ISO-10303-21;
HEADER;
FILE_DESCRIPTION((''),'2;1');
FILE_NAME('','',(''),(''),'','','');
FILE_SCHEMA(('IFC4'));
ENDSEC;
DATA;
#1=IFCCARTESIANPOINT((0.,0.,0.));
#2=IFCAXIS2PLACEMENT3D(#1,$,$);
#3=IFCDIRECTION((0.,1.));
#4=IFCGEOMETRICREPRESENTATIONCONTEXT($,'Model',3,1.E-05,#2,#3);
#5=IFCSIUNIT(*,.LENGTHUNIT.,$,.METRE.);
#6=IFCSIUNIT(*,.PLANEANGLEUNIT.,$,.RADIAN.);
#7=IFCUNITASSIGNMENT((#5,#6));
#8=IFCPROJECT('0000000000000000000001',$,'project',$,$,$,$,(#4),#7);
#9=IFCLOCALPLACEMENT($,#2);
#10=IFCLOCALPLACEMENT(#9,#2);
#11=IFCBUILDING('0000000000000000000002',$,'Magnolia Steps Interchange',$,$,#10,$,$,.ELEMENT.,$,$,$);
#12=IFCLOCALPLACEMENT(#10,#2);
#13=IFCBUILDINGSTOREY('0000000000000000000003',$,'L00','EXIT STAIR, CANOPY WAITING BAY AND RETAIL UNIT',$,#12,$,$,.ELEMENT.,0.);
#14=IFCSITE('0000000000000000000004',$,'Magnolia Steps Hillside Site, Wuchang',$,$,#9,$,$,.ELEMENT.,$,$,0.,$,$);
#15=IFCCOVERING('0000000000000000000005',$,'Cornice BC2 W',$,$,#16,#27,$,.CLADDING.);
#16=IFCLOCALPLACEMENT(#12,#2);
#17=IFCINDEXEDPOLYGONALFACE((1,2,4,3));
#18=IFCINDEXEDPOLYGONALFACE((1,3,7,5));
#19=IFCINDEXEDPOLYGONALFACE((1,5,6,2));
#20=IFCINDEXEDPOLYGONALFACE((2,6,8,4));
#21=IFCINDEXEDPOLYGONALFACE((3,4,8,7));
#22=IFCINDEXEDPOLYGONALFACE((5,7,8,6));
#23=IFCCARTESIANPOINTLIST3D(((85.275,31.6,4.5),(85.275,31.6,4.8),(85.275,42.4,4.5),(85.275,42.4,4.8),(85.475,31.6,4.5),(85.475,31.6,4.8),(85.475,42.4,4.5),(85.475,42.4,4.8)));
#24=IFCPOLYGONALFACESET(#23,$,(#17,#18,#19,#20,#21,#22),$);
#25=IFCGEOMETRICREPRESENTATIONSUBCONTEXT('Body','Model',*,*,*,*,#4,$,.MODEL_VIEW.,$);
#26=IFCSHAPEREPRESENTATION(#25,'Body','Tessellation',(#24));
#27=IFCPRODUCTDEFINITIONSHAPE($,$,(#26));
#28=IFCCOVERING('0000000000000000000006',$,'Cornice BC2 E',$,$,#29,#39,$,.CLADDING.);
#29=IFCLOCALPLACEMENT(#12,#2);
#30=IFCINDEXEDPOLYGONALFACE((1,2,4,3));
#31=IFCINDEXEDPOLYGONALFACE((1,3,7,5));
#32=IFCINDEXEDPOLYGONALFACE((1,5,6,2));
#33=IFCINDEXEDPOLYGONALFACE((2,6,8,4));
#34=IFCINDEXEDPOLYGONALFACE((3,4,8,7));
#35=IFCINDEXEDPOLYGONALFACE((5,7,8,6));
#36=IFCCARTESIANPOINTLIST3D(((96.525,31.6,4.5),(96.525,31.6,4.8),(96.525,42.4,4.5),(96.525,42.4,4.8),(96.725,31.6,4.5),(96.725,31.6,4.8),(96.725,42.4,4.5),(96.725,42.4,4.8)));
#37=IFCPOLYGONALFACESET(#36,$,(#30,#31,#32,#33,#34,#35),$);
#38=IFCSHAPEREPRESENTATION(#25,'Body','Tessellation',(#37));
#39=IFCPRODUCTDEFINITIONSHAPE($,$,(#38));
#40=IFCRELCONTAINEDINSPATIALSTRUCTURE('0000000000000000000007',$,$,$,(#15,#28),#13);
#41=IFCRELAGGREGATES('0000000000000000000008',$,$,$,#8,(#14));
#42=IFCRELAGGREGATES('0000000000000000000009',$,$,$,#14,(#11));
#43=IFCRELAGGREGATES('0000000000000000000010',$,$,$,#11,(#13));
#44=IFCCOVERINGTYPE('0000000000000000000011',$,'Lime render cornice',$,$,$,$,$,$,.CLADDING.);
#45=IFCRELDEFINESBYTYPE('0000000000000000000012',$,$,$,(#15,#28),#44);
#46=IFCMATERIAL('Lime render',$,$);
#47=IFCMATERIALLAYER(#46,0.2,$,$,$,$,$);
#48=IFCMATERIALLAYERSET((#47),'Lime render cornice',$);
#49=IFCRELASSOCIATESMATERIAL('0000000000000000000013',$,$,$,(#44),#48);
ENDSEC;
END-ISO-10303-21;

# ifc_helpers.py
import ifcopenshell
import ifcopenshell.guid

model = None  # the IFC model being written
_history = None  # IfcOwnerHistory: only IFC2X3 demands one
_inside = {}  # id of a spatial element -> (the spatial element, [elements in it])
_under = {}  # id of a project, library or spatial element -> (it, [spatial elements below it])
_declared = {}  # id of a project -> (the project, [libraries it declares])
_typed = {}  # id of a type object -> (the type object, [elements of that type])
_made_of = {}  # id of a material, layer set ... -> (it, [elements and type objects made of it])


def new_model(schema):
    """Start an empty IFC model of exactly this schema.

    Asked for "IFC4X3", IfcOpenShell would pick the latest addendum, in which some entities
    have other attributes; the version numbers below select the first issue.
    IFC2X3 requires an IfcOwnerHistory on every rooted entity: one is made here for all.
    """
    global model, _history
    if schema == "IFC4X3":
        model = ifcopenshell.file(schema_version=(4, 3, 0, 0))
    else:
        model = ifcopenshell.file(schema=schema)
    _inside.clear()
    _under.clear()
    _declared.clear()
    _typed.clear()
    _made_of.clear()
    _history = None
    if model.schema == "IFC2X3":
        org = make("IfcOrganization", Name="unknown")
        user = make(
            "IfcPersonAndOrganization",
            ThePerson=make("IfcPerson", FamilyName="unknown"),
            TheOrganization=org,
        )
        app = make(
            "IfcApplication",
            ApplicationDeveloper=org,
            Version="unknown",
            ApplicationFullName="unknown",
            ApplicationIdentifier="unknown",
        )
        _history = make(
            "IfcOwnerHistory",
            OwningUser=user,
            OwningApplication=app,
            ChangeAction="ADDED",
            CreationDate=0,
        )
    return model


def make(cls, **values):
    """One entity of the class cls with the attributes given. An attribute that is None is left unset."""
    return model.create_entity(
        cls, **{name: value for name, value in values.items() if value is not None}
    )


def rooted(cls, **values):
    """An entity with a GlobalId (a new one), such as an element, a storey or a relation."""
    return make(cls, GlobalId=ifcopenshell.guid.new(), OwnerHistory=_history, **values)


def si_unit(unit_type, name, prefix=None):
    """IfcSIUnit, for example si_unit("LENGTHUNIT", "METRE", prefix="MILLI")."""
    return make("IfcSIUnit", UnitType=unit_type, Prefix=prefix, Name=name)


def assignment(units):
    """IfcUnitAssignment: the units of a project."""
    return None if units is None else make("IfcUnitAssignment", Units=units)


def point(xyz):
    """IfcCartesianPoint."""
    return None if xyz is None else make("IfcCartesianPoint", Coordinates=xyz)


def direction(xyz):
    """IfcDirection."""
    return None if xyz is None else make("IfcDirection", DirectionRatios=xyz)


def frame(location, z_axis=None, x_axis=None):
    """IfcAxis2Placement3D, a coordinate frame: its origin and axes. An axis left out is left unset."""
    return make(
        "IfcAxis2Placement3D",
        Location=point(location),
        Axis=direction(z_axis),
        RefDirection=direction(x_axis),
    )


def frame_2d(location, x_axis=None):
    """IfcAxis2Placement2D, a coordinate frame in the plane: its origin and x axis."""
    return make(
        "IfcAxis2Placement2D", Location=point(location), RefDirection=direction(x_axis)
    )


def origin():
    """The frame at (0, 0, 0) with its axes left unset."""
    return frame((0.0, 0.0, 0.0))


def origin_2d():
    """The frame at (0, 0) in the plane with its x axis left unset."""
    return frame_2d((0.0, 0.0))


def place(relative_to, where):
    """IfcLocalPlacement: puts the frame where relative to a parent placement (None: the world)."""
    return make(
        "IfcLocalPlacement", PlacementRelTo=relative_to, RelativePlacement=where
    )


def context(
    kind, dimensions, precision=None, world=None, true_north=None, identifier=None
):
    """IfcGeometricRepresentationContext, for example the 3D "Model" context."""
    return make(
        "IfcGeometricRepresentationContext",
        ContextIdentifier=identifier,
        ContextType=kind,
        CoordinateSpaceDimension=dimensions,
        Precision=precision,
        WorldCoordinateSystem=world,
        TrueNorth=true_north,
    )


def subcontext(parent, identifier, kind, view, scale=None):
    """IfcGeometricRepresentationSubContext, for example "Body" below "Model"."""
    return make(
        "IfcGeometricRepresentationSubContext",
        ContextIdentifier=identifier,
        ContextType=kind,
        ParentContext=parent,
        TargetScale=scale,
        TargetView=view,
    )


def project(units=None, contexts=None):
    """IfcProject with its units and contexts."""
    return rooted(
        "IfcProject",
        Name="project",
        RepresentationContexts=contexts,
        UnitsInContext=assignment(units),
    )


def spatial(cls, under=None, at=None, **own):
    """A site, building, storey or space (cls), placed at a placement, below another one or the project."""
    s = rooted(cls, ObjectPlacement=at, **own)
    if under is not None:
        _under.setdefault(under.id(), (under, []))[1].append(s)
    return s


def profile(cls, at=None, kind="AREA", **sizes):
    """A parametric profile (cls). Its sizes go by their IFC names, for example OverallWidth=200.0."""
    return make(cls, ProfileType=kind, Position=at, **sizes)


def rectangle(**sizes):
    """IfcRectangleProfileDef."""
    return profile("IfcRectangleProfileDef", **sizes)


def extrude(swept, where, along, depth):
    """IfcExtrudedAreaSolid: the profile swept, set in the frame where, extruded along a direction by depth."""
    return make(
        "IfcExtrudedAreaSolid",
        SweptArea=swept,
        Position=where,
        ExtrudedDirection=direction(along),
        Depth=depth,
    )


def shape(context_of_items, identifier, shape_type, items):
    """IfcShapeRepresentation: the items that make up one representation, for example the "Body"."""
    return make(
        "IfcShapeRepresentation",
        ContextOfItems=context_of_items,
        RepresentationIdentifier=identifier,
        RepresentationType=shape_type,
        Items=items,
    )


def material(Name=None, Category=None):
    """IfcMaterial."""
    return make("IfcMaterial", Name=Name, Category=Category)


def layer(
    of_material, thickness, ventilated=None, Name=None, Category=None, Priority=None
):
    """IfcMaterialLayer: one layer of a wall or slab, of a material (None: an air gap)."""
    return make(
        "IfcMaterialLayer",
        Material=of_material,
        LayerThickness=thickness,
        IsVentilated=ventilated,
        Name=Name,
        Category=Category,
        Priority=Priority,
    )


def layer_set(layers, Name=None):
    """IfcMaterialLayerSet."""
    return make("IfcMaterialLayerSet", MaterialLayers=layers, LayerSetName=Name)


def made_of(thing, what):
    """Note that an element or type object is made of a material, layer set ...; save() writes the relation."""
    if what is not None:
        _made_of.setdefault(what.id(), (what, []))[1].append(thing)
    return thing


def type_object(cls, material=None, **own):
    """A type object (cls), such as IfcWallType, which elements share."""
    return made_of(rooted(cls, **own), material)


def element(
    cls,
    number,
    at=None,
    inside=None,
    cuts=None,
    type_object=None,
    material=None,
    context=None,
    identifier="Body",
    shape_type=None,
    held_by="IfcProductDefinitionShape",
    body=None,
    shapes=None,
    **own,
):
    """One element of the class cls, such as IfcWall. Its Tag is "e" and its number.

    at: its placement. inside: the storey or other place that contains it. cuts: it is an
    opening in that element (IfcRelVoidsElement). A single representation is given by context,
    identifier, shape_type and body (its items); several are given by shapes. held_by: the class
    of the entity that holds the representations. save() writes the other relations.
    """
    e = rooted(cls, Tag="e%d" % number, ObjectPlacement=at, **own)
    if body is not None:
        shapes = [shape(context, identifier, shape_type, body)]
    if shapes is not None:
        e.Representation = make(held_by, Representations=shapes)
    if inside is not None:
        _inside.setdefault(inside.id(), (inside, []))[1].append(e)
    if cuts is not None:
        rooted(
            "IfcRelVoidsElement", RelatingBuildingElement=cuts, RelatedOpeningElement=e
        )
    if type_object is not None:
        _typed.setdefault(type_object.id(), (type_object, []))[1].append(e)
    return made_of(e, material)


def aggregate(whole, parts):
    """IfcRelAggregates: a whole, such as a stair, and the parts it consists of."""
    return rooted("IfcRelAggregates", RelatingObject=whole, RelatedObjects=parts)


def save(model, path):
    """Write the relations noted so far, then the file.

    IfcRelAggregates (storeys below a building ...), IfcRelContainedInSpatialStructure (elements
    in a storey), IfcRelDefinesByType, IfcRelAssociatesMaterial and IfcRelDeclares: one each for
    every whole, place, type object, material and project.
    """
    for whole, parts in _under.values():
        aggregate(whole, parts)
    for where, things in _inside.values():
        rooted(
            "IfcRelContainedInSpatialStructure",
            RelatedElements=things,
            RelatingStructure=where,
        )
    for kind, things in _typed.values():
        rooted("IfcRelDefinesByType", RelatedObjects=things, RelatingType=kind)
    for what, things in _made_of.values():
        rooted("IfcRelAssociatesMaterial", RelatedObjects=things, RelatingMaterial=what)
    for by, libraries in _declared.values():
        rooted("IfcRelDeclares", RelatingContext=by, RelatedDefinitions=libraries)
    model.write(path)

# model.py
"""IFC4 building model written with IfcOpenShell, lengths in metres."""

from ifc_helpers import new_model, si_unit, direction, frame, origin, origin_2d, place, context, subcontext, project, spatial, rectangle, extrude, material, layer, layer_set, type_object, element, save


model = new_model("IFC4")

# Units and contexts
model_context = context("Model", 3, precision=1e-05, world=origin(), true_north=direction((0.0, 1.0)))
body_context = subcontext(model_context, "Body", "Model", "MODEL_VIEW")
ifc_project = project(units=[si_unit("LENGTHUNIT", "METRE"), si_unit("PLANEANGLEUNIT", "RADIAN")], contexts=[model_context])

# Site, building, storey
site_placement = place(None, origin())
site = spatial("IfcSite", under=ifc_project, at=site_placement, Name="Magnolia Steps Hillside Site, Wuchang", CompositionType="ELEMENT", RefElevation=0.0)
building_placement = place(site_placement, origin())
building = spatial("IfcBuilding", under=site, at=building_placement, Name="Magnolia Steps Interchange", CompositionType="ELEMENT")
storey_placement = place(building_placement, origin())
storey = spatial("IfcBuildingStorey", under=building, at=storey_placement, Name="L00", Description="EXIT STAIR, CANOPY WAITING BAY AND RETAIL UNIT", CompositionType="ELEMENT", Elevation=0.0)

# Coverings
ifc_material_1 = material(Name="Lime render")
ifc_layer_1 = layer(ifc_material_1, 0.2)
ifc_layer_set_1 = layer_set([ifc_layer_1], Name="Lime render cornice")
covering_type_1 = type_object("IfcCoveringType", Name="Lime render cornice", PredefinedType="CLADDING", material=ifc_layer_set_1)
for number, where, z_axis, x_axis, name in (
    (1, (85.375, 37.0, 4.5), (0.0, 0.0, 1.0), (1.0, 0.0, 0.0), "Cornice BC2 W"),
    (2, (96.625, 37.0, 4.5), (0.0, 0.0, 1.0), (1.0, 0.0, 0.0), "Cornice BC2 E"),
):
    element("IfcCovering", number, at=place(storey_placement, frame(where, z_axis=z_axis, x_axis=x_axis)), inside=storey, type_object=covering_type_1, Name=name, PredefinedType="CLADDING", context=body_context, shape_type="SweptSolid", body=[
        extrude(rectangle(XDim=0.2, YDim=10.8, at=origin_2d()), origin(), (0.0, 0.0, 1.0), 0.3),
    ])

save(model, "model.ifc")
